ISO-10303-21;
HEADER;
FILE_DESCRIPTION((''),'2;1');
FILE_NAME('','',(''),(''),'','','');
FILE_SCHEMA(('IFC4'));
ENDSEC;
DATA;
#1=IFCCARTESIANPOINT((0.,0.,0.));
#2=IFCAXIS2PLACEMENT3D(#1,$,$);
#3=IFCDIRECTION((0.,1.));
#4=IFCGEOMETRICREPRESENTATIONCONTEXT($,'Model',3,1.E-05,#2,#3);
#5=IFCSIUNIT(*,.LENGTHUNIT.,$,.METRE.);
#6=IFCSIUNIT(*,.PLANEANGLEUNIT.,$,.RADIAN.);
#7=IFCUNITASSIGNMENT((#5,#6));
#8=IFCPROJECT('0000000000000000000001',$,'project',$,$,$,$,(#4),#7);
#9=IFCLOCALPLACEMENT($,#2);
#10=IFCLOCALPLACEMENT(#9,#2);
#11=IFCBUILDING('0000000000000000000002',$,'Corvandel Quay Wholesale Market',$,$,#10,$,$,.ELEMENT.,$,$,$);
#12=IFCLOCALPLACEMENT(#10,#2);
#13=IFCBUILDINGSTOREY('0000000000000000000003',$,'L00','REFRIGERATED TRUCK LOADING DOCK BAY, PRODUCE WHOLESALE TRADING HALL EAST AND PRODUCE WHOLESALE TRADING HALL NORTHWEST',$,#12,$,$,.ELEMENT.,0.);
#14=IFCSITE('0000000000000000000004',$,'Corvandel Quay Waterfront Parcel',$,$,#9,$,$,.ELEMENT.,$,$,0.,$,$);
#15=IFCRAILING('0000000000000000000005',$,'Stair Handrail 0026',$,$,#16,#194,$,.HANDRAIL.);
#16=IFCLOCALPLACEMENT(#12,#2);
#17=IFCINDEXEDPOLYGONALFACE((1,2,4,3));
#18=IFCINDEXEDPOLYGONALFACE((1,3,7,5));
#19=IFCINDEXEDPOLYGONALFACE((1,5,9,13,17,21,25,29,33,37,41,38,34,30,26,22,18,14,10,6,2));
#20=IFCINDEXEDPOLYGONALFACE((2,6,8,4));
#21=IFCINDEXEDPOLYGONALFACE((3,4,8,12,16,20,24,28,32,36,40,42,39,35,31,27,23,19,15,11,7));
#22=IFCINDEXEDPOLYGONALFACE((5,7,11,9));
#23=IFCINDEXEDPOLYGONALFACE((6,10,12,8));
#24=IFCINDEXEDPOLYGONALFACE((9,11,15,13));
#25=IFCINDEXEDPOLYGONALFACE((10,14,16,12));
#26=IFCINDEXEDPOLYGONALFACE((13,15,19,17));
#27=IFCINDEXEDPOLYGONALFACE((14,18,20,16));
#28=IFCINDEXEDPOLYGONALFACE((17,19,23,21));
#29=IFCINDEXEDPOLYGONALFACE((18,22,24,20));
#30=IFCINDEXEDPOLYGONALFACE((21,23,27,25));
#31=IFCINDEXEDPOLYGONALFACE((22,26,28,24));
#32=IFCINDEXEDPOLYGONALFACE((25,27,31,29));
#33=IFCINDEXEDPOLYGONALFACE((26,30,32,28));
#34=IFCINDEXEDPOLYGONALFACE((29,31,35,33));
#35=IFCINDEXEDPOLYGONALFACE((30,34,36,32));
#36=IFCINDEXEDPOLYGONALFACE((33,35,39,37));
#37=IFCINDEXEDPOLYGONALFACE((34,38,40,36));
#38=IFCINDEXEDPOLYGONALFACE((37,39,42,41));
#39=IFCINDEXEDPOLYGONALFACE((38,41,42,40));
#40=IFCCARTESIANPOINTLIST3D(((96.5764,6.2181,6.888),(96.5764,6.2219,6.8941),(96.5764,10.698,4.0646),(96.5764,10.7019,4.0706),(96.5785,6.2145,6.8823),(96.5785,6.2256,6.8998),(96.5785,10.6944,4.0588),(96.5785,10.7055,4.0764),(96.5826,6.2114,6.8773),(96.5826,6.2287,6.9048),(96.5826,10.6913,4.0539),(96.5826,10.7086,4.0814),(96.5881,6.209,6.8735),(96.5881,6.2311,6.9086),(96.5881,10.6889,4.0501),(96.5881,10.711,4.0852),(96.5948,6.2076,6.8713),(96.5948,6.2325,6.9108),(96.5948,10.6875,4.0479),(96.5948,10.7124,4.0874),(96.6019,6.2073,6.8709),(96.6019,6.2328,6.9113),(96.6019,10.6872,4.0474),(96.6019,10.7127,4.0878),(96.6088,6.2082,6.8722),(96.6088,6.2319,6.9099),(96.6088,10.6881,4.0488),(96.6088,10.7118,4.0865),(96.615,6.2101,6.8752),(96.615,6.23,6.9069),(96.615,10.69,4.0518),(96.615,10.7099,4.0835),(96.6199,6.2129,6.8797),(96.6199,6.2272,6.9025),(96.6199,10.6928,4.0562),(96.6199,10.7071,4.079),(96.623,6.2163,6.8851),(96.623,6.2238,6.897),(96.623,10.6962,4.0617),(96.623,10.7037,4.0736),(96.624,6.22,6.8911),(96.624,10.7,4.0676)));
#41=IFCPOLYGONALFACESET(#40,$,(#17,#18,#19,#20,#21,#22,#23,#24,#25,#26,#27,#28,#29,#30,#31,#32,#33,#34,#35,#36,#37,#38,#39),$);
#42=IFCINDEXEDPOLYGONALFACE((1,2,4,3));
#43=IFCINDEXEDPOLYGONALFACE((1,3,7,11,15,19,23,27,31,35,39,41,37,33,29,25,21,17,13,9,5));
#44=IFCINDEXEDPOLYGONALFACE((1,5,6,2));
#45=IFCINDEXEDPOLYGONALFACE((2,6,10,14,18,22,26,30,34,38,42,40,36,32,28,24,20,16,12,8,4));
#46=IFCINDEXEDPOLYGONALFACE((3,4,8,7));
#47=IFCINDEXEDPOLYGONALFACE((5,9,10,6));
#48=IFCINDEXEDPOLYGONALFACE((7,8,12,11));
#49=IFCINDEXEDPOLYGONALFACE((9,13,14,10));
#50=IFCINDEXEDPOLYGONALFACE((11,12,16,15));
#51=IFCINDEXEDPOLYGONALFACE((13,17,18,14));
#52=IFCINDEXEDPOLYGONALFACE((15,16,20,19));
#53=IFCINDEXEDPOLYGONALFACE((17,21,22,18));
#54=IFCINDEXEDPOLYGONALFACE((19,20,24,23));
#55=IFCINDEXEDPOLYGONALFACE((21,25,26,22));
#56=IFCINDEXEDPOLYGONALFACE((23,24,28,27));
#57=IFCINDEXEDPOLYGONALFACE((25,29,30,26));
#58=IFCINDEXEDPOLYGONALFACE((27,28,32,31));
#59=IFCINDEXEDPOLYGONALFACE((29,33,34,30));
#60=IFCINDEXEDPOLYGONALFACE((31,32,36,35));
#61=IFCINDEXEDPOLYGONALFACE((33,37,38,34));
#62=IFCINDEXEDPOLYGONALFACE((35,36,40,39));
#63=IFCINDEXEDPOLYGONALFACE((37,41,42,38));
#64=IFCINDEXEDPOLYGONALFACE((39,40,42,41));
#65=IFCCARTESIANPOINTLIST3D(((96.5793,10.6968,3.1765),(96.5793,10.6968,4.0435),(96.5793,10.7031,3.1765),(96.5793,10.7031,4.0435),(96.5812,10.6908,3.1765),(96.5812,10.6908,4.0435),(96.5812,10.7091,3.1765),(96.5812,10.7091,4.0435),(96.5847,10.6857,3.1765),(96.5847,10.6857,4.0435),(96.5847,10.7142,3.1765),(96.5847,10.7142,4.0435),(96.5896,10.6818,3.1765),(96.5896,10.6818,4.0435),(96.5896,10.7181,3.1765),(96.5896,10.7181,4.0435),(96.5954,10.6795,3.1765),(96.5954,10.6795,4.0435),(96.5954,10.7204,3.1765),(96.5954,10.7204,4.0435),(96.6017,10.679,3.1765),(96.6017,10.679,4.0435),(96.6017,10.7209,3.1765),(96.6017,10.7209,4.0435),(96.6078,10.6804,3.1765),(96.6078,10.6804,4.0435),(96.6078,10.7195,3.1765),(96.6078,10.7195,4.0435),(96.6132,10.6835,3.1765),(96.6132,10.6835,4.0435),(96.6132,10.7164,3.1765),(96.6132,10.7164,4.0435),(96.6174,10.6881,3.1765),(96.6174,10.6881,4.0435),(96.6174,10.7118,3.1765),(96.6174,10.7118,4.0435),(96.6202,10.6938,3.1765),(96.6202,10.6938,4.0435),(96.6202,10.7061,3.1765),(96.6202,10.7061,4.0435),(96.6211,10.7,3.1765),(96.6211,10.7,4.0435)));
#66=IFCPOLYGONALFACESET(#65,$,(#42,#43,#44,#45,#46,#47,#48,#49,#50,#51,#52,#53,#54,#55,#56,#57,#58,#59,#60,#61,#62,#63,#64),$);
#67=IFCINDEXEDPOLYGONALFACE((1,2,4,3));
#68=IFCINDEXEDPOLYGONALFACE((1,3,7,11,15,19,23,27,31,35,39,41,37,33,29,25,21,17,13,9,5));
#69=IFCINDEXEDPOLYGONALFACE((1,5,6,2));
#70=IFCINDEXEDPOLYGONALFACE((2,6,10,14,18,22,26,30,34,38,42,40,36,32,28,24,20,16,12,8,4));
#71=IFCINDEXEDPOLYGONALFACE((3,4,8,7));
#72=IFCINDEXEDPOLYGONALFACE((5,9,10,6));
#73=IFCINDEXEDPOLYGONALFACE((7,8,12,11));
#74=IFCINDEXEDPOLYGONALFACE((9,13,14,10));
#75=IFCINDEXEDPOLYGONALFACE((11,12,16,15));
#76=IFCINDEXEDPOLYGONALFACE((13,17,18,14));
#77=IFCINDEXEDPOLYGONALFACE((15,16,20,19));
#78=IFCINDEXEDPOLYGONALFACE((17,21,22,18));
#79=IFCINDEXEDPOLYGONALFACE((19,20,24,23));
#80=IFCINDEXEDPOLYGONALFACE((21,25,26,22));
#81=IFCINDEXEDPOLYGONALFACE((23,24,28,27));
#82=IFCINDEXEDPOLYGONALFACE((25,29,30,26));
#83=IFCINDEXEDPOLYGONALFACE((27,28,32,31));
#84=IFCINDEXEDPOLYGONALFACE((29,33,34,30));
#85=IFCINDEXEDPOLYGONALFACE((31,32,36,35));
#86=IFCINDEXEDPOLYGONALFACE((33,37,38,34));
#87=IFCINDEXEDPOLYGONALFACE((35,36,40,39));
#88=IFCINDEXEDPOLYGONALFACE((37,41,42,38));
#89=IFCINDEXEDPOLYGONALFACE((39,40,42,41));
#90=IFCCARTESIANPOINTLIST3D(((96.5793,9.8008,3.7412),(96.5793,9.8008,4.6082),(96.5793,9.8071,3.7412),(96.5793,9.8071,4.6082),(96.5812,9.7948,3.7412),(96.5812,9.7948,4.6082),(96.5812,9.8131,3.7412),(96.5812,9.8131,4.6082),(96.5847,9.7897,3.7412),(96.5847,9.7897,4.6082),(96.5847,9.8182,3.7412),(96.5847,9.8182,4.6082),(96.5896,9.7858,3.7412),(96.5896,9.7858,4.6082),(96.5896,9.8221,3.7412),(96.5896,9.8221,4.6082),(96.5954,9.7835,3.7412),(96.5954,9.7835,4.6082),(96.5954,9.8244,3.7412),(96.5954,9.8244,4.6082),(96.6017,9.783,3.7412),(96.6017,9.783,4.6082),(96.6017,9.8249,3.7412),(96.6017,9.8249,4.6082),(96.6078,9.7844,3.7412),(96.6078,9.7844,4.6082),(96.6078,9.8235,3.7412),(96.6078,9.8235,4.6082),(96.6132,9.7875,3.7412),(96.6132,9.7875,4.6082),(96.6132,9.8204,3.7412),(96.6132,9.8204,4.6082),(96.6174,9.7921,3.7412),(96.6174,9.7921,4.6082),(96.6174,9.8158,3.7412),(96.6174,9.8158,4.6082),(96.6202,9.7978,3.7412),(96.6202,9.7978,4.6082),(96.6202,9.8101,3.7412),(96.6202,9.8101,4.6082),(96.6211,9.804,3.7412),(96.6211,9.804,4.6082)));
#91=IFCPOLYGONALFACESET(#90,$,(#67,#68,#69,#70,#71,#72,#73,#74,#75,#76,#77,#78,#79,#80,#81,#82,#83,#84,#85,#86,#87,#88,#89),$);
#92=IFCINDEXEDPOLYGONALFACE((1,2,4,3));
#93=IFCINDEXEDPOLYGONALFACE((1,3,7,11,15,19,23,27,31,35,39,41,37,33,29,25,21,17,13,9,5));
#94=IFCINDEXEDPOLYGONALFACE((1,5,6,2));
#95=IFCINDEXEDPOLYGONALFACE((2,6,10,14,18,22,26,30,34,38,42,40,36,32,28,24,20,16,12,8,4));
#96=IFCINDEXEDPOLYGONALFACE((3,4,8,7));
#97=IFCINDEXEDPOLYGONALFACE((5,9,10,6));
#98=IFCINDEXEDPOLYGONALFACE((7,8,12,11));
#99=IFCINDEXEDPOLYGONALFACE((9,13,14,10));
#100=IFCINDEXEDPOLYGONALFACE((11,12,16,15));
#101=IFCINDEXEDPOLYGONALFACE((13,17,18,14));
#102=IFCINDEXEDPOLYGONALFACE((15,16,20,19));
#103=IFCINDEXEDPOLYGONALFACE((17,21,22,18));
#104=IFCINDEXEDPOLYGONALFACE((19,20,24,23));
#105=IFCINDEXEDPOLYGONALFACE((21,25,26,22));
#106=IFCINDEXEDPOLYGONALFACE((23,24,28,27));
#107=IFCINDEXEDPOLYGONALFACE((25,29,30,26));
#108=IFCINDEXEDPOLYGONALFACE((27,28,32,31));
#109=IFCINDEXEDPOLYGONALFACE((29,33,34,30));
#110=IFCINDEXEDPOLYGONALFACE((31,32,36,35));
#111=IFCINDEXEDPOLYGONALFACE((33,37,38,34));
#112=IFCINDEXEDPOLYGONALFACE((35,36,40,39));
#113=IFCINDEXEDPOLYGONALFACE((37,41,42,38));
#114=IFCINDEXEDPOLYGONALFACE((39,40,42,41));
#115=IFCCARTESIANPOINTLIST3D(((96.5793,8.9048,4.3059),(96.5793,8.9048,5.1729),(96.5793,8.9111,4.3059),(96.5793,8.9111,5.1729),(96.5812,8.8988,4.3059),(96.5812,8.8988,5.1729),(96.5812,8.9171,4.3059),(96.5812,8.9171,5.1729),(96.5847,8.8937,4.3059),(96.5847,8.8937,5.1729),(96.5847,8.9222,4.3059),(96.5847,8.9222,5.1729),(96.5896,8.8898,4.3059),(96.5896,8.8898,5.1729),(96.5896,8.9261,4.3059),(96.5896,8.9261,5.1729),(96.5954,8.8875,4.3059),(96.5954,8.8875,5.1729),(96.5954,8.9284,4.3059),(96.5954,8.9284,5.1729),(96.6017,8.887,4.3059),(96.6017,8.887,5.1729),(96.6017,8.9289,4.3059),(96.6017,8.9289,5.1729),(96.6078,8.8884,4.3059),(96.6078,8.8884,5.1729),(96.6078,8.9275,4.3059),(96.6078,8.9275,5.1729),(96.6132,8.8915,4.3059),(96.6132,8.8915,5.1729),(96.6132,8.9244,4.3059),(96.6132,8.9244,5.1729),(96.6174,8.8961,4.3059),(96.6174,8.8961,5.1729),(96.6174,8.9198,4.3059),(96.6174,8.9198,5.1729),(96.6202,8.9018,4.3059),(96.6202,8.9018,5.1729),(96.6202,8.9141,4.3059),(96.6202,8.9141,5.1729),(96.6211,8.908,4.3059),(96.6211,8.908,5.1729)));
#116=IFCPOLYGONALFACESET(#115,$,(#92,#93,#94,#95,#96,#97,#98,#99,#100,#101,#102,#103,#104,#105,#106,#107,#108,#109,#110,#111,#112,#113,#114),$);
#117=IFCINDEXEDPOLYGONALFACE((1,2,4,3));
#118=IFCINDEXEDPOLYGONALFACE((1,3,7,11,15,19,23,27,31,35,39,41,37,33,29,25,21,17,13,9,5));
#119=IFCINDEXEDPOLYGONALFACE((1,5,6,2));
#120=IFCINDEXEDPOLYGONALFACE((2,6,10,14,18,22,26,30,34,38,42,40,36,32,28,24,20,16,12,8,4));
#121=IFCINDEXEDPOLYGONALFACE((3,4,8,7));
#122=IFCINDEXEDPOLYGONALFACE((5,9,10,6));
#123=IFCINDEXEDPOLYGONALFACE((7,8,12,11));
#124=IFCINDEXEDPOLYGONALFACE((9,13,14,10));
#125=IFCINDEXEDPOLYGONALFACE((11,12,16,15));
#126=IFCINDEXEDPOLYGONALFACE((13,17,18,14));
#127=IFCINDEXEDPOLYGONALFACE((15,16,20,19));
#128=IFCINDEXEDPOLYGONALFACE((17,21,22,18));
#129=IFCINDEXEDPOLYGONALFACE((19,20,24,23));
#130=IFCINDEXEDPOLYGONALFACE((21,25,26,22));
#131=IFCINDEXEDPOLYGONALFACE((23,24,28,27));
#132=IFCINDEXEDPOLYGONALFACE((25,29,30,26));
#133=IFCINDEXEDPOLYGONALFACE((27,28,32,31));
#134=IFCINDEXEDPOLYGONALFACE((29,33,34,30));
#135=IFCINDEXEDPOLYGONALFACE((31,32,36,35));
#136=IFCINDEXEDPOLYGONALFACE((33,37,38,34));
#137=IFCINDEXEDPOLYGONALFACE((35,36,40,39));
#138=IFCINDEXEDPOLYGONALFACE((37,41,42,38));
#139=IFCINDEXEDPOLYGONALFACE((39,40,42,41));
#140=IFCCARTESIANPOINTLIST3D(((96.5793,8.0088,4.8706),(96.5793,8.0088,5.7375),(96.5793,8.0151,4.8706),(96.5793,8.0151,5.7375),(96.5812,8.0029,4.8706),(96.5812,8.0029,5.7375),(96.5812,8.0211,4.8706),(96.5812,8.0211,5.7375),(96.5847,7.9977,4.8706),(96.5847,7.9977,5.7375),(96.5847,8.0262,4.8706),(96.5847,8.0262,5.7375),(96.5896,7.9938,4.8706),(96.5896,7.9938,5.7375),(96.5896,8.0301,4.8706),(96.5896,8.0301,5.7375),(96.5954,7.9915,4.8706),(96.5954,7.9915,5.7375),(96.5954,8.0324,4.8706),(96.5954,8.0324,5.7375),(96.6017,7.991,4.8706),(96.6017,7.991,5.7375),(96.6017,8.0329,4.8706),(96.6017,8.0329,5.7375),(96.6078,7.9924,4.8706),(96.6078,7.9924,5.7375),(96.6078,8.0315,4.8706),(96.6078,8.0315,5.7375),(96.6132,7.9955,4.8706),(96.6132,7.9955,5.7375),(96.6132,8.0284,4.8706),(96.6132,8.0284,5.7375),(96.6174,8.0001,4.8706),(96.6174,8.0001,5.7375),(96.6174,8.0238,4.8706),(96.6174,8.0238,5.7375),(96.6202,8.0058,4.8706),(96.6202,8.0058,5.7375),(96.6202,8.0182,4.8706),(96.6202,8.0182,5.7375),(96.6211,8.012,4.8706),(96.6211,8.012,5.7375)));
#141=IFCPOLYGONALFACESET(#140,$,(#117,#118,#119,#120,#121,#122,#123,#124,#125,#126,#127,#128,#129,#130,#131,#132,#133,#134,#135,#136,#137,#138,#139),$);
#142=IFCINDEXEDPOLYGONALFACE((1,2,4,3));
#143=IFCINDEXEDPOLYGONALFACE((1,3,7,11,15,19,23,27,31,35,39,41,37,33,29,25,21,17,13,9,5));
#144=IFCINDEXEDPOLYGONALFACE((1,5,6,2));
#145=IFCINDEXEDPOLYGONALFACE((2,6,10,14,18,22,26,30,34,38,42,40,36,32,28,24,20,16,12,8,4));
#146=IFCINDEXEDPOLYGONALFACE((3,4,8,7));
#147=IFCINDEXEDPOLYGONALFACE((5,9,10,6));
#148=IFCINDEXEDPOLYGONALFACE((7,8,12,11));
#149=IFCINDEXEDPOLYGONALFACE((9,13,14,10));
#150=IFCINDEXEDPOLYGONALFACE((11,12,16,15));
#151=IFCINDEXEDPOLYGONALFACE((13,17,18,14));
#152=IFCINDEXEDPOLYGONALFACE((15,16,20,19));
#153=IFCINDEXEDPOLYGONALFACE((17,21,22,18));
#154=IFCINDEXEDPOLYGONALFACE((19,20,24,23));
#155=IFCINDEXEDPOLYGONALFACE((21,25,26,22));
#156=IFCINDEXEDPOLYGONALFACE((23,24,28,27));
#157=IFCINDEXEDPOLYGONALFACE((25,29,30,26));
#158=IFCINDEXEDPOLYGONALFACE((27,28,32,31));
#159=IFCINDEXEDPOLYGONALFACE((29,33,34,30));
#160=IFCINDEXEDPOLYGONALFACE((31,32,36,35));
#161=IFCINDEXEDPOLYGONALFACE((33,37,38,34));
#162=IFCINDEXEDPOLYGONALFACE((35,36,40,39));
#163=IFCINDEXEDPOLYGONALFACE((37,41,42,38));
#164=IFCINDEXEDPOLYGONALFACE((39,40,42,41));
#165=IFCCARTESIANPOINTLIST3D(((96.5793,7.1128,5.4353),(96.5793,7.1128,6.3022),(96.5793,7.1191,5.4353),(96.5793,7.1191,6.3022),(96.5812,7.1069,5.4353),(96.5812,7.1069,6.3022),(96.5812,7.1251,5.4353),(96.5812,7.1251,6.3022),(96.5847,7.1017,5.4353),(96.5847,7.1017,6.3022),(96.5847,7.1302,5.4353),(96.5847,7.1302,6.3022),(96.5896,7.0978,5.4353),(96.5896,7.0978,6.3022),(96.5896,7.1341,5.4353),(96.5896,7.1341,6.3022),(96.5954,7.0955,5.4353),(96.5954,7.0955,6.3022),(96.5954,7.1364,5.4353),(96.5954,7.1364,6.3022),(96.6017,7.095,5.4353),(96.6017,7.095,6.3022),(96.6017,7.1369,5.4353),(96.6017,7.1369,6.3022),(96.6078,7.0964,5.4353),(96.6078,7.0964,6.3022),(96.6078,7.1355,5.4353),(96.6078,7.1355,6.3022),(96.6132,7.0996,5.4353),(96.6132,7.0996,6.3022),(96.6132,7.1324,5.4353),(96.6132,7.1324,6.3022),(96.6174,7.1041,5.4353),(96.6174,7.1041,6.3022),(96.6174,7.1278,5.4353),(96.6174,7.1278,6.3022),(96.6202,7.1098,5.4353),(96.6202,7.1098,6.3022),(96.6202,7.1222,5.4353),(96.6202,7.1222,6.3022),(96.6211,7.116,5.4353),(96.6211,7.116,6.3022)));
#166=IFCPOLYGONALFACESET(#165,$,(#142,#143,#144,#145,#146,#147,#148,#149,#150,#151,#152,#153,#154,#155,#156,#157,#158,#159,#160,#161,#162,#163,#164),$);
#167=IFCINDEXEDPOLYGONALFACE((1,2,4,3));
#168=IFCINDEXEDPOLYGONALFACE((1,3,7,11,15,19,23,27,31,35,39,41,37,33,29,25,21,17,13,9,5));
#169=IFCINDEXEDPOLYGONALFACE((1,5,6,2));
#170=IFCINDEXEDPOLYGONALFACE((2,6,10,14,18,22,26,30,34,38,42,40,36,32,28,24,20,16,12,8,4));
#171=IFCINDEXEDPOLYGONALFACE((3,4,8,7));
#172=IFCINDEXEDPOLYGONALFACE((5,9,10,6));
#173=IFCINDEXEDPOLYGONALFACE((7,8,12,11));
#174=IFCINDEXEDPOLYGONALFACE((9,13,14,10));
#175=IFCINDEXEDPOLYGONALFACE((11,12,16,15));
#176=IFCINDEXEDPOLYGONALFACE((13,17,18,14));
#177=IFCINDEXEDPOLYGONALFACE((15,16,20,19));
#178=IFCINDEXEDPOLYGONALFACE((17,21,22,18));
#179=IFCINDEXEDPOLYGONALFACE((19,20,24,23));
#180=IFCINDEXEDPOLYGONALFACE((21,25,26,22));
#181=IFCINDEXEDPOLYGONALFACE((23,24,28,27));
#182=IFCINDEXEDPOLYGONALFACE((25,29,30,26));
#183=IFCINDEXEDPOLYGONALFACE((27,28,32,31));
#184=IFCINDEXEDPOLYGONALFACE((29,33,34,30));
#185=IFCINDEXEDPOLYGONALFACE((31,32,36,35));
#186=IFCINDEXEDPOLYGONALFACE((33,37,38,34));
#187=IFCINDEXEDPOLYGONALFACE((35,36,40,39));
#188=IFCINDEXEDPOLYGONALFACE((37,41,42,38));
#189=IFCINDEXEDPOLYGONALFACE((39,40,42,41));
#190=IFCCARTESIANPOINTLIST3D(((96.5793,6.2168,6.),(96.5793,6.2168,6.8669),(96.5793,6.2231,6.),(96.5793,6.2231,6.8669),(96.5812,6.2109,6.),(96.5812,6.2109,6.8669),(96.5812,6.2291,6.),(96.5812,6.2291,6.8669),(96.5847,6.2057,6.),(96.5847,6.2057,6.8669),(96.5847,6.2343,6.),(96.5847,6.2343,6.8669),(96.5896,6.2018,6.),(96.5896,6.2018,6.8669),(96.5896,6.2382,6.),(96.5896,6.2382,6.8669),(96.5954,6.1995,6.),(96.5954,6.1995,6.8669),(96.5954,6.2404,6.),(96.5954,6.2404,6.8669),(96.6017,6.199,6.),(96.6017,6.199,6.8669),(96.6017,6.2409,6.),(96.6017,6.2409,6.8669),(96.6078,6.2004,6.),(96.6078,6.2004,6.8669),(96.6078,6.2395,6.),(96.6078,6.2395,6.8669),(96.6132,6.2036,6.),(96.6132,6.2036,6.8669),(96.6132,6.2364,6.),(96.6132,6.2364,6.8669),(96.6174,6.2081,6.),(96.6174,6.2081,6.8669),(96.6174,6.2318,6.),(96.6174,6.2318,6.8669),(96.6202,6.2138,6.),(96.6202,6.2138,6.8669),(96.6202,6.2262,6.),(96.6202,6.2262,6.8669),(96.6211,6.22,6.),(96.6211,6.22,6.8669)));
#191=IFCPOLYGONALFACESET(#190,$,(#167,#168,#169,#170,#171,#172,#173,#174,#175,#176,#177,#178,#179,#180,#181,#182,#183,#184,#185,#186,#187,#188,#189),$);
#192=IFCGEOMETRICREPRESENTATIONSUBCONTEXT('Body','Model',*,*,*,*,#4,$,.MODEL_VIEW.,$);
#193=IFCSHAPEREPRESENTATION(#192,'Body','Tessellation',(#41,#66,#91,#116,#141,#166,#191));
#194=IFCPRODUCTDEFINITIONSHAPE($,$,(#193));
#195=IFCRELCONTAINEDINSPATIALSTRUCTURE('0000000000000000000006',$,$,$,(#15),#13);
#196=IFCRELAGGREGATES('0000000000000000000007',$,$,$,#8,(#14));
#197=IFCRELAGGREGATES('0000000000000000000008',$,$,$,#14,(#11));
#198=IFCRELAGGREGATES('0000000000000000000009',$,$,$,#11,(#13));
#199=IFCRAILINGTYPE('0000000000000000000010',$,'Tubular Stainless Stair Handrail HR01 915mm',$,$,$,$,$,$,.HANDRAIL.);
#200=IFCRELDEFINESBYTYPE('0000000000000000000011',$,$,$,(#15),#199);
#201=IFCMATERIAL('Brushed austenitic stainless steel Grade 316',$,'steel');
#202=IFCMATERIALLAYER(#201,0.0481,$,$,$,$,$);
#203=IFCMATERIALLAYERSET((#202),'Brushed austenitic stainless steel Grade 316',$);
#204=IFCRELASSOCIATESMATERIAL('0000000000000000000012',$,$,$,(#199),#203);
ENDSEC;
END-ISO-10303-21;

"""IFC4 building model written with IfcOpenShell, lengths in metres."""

from ifc_helpers import new_model, si_unit, direction, frame, origin, origin_2d, place, context, subcontext, project, spatial, circle, extrude, material, layer, layer_set, type_object, element, save


model = new_model("IFC4")

# Units and contexts
model_context = context("Model", 3, precision=1e-05, world=origin(), true_north=direction((0.0, 1.0)))
body_context = subcontext(model_context, "Body", "Model", "MODEL_VIEW")
ifc_project = project(units=[si_unit("LENGTHUNIT", "METRE"), si_unit("PLANEANGLEUNIT", "RADIAN")], contexts=[model_context])

# Site, building, storey
site_placement = place(None, origin())
site = spatial("IfcSite", under=ifc_project, at=site_placement, Name="Corvandel Quay Waterfront Parcel", CompositionType="ELEMENT", RefElevation=0.0)
building_placement = place(site_placement, origin())
building = spatial("IfcBuilding", under=site, at=building_placement, Name="Corvandel Quay Wholesale Market", CompositionType="ELEMENT")
storey_placement = place(building_placement, origin())
storey = spatial("IfcBuildingStorey", under=building, at=storey_placement, Name="L00", Description="REFRIGERATED TRUCK LOADING DOCK BAY, PRODUCE WHOLESALE TRADING HALL EAST AND PRODUCE WHOLESALE TRADING HALL NORTHWEST", CompositionType="ELEMENT", Elevation=0.0)

# Railing
ifc_material_1 = material(Name="Brushed austenitic stainless steel Grade 316", Category="steel")
ifc_layer_1 = layer(ifc_material_1, 0.0481)
ifc_layer_set_1 = layer_set([ifc_layer_1], Name="Brushed austenitic stainless steel Grade 316")
railing_type_1 = type_object("IfcRailingType", Name="Tubular Stainless Stair Handrail HR01 915mm", PredefinedType="HANDRAIL", material=ifc_layer_set_1)
for number, where, name in (
    (1, (96.6001, 10.7, 3.1765), "Stair Handrail 0026"),
):
    element("IfcRailing", number, at=place(storey_placement, frame(where)), inside=storey, type_object=railing_type_1, Name=name, PredefinedType="HANDRAIL", context=body_context, shape_type="SweptSolid", body=[
        extrude(circle(Radius=0.0239, at=origin_2d()), frame((0.0, 0.0, 0.8911), z_axis=(0.0, -0.845998, 0.533186), x_axis=(1.0, 0.0, 0.0)), (0.0, 0.0, 1.0), 5.2954),
        extrude(circle(Radius=0.021, at=origin_2d()), origin(), (0.0, 0.0, 1.0), 0.8669),
        extrude(circle(Radius=0.021, at=origin_2d()), frame((0.0, -0.896, 0.5647)), (0.0, 0.0, 1.0), 0.8669),
        extrude(circle(Radius=0.021, at=origin_2d()), frame((0.0, -1.792, 1.1294)), (0.0, 0.0, 1.0), 0.8669),
        extrude(circle(Radius=0.021, at=origin_2d()), frame((0.0, -2.688, 1.6941)), (0.0, 0.0, 1.0), 0.8669),
        extrude(circle(Radius=0.021, at=origin_2d()), frame((0.0, -3.584, 2.2588)), (0.0, 0.0, 1.0), 0.8669),
        extrude(circle(Radius=0.021, at=origin_2d()), frame((0.0, -4.48, 2.8235)), (0.0, 0.0, 1.0), 0.8669),
    ])

save(model, "model.ifc")
